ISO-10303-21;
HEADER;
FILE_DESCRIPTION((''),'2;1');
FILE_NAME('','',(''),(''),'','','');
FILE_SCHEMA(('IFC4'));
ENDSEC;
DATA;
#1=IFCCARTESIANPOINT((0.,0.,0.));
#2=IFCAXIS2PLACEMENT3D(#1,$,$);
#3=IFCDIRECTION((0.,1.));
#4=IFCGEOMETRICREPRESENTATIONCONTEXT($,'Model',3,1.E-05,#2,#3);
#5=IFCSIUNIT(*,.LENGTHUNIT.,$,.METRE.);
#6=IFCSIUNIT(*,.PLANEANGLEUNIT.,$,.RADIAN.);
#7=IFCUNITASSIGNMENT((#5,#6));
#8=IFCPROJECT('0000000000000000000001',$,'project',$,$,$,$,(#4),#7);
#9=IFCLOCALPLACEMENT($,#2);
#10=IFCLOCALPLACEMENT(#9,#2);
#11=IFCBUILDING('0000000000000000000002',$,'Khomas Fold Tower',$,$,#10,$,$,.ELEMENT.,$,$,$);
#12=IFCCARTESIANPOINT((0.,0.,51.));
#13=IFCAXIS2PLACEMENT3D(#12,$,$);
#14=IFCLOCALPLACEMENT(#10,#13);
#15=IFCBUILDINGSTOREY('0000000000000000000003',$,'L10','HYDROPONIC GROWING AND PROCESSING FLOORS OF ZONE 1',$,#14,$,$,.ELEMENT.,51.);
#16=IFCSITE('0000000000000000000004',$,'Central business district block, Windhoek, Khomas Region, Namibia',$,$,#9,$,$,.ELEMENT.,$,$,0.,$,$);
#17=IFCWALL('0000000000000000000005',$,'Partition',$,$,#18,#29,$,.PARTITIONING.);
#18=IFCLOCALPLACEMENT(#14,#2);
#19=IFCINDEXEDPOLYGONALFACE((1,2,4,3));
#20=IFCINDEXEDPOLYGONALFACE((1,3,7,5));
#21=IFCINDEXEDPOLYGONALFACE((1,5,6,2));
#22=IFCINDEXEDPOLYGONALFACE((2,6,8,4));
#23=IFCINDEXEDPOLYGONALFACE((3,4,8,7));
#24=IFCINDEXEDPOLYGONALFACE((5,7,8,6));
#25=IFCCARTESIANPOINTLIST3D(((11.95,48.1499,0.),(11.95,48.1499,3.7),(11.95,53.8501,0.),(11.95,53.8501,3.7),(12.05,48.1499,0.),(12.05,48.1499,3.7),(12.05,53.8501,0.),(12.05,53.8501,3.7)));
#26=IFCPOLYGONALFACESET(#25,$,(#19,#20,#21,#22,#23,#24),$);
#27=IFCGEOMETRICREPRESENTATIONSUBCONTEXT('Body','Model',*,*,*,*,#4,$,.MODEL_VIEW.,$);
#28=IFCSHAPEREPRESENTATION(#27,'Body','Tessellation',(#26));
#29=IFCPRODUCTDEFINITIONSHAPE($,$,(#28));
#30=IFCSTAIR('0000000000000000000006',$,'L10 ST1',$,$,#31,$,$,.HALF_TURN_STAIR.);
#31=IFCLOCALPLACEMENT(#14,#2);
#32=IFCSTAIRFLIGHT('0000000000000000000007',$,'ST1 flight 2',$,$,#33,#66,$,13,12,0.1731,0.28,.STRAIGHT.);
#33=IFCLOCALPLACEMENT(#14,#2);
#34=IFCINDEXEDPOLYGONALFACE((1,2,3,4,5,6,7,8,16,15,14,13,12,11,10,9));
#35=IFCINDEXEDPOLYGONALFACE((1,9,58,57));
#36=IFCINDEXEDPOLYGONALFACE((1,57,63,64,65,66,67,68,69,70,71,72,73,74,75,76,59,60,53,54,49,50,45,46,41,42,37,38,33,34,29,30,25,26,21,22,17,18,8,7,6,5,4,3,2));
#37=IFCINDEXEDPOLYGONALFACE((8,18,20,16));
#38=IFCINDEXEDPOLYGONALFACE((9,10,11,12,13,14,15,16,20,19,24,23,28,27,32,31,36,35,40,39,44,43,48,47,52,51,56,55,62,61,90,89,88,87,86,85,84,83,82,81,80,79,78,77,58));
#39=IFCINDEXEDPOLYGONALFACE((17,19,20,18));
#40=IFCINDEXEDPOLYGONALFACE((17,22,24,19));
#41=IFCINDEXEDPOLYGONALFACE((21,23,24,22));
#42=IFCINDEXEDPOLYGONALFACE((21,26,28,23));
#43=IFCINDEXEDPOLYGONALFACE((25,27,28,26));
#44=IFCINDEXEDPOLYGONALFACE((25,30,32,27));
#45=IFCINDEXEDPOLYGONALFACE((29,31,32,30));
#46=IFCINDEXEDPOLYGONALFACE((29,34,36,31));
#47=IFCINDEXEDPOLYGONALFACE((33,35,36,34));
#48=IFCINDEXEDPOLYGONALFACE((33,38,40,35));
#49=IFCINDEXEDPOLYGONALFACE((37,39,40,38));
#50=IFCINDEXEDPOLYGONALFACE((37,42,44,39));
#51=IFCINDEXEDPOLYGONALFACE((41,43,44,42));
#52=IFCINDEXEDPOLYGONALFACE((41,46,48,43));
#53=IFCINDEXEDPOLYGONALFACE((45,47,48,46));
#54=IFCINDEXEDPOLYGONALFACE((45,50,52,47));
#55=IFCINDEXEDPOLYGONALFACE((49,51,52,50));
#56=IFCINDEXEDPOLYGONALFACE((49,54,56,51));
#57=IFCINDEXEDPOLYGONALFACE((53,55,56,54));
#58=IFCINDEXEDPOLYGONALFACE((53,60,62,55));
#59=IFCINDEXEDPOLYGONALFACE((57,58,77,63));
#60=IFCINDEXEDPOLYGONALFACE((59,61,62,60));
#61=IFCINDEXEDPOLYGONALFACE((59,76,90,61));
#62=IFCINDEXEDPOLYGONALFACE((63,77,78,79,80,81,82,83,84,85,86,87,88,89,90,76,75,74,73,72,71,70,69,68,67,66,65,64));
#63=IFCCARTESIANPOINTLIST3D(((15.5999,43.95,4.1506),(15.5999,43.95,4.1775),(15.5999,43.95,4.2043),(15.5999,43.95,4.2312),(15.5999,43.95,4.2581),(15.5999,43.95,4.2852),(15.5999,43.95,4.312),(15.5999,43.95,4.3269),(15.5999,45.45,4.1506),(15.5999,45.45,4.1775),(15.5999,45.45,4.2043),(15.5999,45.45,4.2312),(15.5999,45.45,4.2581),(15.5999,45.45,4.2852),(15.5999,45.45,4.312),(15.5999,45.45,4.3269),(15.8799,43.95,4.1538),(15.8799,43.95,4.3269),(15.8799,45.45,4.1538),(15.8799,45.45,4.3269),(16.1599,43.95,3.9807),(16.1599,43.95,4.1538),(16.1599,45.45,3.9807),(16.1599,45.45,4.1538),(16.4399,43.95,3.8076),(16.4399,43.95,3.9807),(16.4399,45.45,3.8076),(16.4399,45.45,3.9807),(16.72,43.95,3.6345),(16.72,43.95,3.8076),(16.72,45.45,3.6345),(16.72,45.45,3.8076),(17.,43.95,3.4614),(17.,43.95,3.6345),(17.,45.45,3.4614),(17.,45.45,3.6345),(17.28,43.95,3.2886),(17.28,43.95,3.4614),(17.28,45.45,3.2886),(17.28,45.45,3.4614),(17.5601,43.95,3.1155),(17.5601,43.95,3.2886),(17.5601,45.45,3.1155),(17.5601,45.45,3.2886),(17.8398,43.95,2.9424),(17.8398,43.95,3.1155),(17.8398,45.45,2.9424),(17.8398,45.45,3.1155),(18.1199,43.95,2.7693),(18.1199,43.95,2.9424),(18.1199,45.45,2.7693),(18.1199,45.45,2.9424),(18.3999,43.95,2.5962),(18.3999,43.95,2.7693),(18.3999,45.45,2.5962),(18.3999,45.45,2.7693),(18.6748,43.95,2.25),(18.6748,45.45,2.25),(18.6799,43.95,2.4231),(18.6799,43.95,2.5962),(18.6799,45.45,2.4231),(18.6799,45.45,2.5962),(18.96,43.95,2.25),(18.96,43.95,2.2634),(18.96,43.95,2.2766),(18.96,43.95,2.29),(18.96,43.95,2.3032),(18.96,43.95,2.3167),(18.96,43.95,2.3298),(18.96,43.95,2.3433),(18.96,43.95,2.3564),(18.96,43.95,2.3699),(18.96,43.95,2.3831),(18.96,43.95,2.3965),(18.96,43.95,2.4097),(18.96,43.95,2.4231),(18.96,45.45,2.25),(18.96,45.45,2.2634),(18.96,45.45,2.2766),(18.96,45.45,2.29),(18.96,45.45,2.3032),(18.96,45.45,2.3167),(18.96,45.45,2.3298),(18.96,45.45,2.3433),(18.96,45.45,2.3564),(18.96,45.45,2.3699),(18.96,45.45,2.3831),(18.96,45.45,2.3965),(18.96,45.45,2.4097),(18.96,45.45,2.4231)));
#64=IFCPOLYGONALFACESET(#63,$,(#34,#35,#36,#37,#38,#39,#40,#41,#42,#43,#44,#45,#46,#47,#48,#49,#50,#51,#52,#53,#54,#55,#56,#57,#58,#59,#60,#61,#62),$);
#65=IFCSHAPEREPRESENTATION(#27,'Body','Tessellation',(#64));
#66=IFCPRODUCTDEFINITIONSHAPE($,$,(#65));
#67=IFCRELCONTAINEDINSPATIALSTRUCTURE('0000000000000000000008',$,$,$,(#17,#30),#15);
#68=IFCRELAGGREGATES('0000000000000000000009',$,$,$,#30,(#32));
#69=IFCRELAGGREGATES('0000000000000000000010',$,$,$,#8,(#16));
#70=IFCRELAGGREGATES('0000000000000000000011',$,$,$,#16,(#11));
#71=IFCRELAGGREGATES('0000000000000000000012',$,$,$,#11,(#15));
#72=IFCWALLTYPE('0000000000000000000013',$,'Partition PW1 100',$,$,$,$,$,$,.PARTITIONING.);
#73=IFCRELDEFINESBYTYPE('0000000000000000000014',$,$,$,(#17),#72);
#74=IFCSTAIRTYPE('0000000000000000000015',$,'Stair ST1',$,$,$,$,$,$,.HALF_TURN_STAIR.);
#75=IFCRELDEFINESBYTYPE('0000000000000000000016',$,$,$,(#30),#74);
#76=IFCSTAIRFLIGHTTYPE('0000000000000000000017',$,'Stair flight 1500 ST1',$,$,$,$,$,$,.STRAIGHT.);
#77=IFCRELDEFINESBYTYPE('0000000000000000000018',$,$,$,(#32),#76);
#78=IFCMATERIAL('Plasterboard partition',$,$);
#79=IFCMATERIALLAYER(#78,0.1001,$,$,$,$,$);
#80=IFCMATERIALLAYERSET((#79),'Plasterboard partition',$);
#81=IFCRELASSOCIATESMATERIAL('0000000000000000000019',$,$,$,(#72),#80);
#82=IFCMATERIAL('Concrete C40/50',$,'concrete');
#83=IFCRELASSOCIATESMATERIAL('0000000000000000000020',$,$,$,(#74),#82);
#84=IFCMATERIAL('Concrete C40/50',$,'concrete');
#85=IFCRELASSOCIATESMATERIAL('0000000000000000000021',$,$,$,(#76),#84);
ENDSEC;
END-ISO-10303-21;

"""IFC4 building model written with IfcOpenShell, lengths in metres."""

from ifc_helpers import new_model, si_unit, direction, frame, frame_2d, origin, place, context, subcontext, project, spatial, polyline, rectangle, outline, extrude, source, transform, mapped, material, layer, layer_set, type_object, element, aggregate, save


model = new_model("IFC4")

# Units and contexts
model_context = context("Model", 3, precision=1e-05, world=origin(), true_north=direction((0.0, 1.0)))
body_context = subcontext(model_context, "Body", "Model", "MODEL_VIEW")
ifc_project = project(units=[si_unit("LENGTHUNIT", "METRE"), si_unit("PLANEANGLEUNIT", "RADIAN")], contexts=[model_context])

# Site, building, storey
site_placement = place(None, origin())
site = spatial("IfcSite", under=ifc_project, at=site_placement, Name="Central business district block, Windhoek, Khomas Region, Namibia", CompositionType="ELEMENT", RefElevation=0.0)
building_placement = place(site_placement, origin())
building = spatial("IfcBuilding", under=site, at=building_placement, Name="Khomas Fold Tower", CompositionType="ELEMENT")
storey_placement = place(building_placement, frame((0.0, 0.0, 51.0)))
storey = spatial("IfcBuildingStorey", under=building, at=storey_placement, Name="L10", Description="HYDROPONIC GROWING AND PROCESSING FLOORS OF ZONE 1", CompositionType="ELEMENT", Elevation=51.0)

# Wall
ifc_material_1 = material(Name="Plasterboard partition")
ifc_layer_1 = layer(ifc_material_1, 0.1001)
ifc_layer_set_1 = layer_set([ifc_layer_1], Name="Plasterboard partition")
wall_type_1 = type_object("IfcWallType", Name="Partition PW1 100", PredefinedType="PARTITIONING", material=ifc_layer_set_1)
shared_shape_1 = source(origin(), body_context, "Body", "SweptSolid", [
    extrude(rectangle(XDim=5.7002, YDim=0.1001, at=frame_2d((2.8501, 0.0))), origin(), (0.0, 0.0, 1.0), 3.7),
])
wall_1_placement = place(storey_placement, frame((12.0, 48.1499, 0.0), z_axis=(0.0, 0.0, 1.0), x_axis=(0.0, 1.0, 0.0)))
element("IfcWall", 1, at=wall_1_placement, inside=storey, type_object=wall_type_1, Name="Partition", PredefinedType="PARTITIONING", context=body_context, shape_type="MappedRepresentation", body=[
    mapped(shared_shape_1, transform((0.0, 0.0, 0.0))),
])

# Stair, stair flight
ifc_material_2 = material(Name="Concrete C40/50", Category="concrete")
stair_type = type_object("IfcStairType", Name="Stair ST1", PredefinedType="HALF_TURN_STAIR", material=ifc_material_2)
stair_placement = place(storey_placement, origin())
stair = element("IfcStair", 2, at=stair_placement, inside=storey, type_object=stair_type, Name="L10 ST1", PredefinedType="HALF_TURN_STAIR")
ifc_material_3 = material(Name="Concrete C40/50", Category="concrete")
stair_flight_type = type_object("IfcStairFlightType", Name="Stair flight 1500 ST1", PredefinedType="STRAIGHT", material=ifc_material_3)
shared_shape_2 = source(origin(), body_context, "Body", "SweptSolid", [
    extrude(outline(polyline([(0.0, 0.0), (0.0, 0.0134), (0.0, 0.0266), (0.0, 0.04), (0.0, 0.0532), (0.0, 0.0667), (0.0, 0.0798), (0.0, 0.0933), (0.0, 0.1064), (0.0, 0.1199), (0.0, 0.1331), (0.0, 0.1465), (0.0, 0.1597), (0.0, 0.1731), (0.28, 0.1731), (0.28, 0.3462), (0.5601, 0.3462), (0.5601, 0.5193), (0.8401, 0.5193), (0.8401, 0.6924), (1.1201, 0.6924), (1.1201, 0.8655), (1.3999, 0.8655), (1.3999, 1.0386), (1.6799, 1.0386), (1.6799, 1.2114), (1.96, 1.2114), (1.96, 1.3845), (2.24, 1.3845), (2.24, 1.5576), (2.52, 1.5576), (2.52, 1.7307), (2.8, 1.7307), (2.8, 1.9038), (3.0801, 1.9038), (3.0801, 2.0769), (3.3601, 2.0769), (3.3601, 2.25), (3.3601, 2.2231), (3.3601, 2.1963), (3.3601, 2.1694), (3.3601, 2.1426), (3.3601, 2.1157), (3.3601, 2.0889), (3.3601, 2.062), (3.3601, 2.0352), (3.3601, 2.0081), (3.3601, 1.9812), (3.3601, 1.9543), (3.3601, 1.9275), (3.3601, 1.9006), (0.2852, 0.0), (0.0, 0.0)])), frame((0.0, 0.75, 0.0), z_axis=(0.0, -1.0, 0.0), x_axis=(1.0, 0.0, 0.0)), (0.0, 0.0, 1.0), 1.5),
])
stair_flight_placement = place(storey_placement, frame((18.96, 44.7, 2.25), z_axis=(0.0, 0.0, 1.0), x_axis=(-1.0, 0.0, 0.0)))
stair_flight = element("IfcStairFlight", 3, at=stair_flight_placement, type_object=stair_flight_type, Name="ST1 flight 2", NumberOfRisers=13, NumberOfTreads=12, PredefinedType="STRAIGHT", RiserHeight=0.1731, TreadLength=0.28, context=body_context, shape_type="MappedRepresentation", body=[
    mapped(shared_shape_2, transform((0.0, 0.0, 0.0))),
])
aggregate(stair, [stair_flight])

save(model, "model.ifc")
